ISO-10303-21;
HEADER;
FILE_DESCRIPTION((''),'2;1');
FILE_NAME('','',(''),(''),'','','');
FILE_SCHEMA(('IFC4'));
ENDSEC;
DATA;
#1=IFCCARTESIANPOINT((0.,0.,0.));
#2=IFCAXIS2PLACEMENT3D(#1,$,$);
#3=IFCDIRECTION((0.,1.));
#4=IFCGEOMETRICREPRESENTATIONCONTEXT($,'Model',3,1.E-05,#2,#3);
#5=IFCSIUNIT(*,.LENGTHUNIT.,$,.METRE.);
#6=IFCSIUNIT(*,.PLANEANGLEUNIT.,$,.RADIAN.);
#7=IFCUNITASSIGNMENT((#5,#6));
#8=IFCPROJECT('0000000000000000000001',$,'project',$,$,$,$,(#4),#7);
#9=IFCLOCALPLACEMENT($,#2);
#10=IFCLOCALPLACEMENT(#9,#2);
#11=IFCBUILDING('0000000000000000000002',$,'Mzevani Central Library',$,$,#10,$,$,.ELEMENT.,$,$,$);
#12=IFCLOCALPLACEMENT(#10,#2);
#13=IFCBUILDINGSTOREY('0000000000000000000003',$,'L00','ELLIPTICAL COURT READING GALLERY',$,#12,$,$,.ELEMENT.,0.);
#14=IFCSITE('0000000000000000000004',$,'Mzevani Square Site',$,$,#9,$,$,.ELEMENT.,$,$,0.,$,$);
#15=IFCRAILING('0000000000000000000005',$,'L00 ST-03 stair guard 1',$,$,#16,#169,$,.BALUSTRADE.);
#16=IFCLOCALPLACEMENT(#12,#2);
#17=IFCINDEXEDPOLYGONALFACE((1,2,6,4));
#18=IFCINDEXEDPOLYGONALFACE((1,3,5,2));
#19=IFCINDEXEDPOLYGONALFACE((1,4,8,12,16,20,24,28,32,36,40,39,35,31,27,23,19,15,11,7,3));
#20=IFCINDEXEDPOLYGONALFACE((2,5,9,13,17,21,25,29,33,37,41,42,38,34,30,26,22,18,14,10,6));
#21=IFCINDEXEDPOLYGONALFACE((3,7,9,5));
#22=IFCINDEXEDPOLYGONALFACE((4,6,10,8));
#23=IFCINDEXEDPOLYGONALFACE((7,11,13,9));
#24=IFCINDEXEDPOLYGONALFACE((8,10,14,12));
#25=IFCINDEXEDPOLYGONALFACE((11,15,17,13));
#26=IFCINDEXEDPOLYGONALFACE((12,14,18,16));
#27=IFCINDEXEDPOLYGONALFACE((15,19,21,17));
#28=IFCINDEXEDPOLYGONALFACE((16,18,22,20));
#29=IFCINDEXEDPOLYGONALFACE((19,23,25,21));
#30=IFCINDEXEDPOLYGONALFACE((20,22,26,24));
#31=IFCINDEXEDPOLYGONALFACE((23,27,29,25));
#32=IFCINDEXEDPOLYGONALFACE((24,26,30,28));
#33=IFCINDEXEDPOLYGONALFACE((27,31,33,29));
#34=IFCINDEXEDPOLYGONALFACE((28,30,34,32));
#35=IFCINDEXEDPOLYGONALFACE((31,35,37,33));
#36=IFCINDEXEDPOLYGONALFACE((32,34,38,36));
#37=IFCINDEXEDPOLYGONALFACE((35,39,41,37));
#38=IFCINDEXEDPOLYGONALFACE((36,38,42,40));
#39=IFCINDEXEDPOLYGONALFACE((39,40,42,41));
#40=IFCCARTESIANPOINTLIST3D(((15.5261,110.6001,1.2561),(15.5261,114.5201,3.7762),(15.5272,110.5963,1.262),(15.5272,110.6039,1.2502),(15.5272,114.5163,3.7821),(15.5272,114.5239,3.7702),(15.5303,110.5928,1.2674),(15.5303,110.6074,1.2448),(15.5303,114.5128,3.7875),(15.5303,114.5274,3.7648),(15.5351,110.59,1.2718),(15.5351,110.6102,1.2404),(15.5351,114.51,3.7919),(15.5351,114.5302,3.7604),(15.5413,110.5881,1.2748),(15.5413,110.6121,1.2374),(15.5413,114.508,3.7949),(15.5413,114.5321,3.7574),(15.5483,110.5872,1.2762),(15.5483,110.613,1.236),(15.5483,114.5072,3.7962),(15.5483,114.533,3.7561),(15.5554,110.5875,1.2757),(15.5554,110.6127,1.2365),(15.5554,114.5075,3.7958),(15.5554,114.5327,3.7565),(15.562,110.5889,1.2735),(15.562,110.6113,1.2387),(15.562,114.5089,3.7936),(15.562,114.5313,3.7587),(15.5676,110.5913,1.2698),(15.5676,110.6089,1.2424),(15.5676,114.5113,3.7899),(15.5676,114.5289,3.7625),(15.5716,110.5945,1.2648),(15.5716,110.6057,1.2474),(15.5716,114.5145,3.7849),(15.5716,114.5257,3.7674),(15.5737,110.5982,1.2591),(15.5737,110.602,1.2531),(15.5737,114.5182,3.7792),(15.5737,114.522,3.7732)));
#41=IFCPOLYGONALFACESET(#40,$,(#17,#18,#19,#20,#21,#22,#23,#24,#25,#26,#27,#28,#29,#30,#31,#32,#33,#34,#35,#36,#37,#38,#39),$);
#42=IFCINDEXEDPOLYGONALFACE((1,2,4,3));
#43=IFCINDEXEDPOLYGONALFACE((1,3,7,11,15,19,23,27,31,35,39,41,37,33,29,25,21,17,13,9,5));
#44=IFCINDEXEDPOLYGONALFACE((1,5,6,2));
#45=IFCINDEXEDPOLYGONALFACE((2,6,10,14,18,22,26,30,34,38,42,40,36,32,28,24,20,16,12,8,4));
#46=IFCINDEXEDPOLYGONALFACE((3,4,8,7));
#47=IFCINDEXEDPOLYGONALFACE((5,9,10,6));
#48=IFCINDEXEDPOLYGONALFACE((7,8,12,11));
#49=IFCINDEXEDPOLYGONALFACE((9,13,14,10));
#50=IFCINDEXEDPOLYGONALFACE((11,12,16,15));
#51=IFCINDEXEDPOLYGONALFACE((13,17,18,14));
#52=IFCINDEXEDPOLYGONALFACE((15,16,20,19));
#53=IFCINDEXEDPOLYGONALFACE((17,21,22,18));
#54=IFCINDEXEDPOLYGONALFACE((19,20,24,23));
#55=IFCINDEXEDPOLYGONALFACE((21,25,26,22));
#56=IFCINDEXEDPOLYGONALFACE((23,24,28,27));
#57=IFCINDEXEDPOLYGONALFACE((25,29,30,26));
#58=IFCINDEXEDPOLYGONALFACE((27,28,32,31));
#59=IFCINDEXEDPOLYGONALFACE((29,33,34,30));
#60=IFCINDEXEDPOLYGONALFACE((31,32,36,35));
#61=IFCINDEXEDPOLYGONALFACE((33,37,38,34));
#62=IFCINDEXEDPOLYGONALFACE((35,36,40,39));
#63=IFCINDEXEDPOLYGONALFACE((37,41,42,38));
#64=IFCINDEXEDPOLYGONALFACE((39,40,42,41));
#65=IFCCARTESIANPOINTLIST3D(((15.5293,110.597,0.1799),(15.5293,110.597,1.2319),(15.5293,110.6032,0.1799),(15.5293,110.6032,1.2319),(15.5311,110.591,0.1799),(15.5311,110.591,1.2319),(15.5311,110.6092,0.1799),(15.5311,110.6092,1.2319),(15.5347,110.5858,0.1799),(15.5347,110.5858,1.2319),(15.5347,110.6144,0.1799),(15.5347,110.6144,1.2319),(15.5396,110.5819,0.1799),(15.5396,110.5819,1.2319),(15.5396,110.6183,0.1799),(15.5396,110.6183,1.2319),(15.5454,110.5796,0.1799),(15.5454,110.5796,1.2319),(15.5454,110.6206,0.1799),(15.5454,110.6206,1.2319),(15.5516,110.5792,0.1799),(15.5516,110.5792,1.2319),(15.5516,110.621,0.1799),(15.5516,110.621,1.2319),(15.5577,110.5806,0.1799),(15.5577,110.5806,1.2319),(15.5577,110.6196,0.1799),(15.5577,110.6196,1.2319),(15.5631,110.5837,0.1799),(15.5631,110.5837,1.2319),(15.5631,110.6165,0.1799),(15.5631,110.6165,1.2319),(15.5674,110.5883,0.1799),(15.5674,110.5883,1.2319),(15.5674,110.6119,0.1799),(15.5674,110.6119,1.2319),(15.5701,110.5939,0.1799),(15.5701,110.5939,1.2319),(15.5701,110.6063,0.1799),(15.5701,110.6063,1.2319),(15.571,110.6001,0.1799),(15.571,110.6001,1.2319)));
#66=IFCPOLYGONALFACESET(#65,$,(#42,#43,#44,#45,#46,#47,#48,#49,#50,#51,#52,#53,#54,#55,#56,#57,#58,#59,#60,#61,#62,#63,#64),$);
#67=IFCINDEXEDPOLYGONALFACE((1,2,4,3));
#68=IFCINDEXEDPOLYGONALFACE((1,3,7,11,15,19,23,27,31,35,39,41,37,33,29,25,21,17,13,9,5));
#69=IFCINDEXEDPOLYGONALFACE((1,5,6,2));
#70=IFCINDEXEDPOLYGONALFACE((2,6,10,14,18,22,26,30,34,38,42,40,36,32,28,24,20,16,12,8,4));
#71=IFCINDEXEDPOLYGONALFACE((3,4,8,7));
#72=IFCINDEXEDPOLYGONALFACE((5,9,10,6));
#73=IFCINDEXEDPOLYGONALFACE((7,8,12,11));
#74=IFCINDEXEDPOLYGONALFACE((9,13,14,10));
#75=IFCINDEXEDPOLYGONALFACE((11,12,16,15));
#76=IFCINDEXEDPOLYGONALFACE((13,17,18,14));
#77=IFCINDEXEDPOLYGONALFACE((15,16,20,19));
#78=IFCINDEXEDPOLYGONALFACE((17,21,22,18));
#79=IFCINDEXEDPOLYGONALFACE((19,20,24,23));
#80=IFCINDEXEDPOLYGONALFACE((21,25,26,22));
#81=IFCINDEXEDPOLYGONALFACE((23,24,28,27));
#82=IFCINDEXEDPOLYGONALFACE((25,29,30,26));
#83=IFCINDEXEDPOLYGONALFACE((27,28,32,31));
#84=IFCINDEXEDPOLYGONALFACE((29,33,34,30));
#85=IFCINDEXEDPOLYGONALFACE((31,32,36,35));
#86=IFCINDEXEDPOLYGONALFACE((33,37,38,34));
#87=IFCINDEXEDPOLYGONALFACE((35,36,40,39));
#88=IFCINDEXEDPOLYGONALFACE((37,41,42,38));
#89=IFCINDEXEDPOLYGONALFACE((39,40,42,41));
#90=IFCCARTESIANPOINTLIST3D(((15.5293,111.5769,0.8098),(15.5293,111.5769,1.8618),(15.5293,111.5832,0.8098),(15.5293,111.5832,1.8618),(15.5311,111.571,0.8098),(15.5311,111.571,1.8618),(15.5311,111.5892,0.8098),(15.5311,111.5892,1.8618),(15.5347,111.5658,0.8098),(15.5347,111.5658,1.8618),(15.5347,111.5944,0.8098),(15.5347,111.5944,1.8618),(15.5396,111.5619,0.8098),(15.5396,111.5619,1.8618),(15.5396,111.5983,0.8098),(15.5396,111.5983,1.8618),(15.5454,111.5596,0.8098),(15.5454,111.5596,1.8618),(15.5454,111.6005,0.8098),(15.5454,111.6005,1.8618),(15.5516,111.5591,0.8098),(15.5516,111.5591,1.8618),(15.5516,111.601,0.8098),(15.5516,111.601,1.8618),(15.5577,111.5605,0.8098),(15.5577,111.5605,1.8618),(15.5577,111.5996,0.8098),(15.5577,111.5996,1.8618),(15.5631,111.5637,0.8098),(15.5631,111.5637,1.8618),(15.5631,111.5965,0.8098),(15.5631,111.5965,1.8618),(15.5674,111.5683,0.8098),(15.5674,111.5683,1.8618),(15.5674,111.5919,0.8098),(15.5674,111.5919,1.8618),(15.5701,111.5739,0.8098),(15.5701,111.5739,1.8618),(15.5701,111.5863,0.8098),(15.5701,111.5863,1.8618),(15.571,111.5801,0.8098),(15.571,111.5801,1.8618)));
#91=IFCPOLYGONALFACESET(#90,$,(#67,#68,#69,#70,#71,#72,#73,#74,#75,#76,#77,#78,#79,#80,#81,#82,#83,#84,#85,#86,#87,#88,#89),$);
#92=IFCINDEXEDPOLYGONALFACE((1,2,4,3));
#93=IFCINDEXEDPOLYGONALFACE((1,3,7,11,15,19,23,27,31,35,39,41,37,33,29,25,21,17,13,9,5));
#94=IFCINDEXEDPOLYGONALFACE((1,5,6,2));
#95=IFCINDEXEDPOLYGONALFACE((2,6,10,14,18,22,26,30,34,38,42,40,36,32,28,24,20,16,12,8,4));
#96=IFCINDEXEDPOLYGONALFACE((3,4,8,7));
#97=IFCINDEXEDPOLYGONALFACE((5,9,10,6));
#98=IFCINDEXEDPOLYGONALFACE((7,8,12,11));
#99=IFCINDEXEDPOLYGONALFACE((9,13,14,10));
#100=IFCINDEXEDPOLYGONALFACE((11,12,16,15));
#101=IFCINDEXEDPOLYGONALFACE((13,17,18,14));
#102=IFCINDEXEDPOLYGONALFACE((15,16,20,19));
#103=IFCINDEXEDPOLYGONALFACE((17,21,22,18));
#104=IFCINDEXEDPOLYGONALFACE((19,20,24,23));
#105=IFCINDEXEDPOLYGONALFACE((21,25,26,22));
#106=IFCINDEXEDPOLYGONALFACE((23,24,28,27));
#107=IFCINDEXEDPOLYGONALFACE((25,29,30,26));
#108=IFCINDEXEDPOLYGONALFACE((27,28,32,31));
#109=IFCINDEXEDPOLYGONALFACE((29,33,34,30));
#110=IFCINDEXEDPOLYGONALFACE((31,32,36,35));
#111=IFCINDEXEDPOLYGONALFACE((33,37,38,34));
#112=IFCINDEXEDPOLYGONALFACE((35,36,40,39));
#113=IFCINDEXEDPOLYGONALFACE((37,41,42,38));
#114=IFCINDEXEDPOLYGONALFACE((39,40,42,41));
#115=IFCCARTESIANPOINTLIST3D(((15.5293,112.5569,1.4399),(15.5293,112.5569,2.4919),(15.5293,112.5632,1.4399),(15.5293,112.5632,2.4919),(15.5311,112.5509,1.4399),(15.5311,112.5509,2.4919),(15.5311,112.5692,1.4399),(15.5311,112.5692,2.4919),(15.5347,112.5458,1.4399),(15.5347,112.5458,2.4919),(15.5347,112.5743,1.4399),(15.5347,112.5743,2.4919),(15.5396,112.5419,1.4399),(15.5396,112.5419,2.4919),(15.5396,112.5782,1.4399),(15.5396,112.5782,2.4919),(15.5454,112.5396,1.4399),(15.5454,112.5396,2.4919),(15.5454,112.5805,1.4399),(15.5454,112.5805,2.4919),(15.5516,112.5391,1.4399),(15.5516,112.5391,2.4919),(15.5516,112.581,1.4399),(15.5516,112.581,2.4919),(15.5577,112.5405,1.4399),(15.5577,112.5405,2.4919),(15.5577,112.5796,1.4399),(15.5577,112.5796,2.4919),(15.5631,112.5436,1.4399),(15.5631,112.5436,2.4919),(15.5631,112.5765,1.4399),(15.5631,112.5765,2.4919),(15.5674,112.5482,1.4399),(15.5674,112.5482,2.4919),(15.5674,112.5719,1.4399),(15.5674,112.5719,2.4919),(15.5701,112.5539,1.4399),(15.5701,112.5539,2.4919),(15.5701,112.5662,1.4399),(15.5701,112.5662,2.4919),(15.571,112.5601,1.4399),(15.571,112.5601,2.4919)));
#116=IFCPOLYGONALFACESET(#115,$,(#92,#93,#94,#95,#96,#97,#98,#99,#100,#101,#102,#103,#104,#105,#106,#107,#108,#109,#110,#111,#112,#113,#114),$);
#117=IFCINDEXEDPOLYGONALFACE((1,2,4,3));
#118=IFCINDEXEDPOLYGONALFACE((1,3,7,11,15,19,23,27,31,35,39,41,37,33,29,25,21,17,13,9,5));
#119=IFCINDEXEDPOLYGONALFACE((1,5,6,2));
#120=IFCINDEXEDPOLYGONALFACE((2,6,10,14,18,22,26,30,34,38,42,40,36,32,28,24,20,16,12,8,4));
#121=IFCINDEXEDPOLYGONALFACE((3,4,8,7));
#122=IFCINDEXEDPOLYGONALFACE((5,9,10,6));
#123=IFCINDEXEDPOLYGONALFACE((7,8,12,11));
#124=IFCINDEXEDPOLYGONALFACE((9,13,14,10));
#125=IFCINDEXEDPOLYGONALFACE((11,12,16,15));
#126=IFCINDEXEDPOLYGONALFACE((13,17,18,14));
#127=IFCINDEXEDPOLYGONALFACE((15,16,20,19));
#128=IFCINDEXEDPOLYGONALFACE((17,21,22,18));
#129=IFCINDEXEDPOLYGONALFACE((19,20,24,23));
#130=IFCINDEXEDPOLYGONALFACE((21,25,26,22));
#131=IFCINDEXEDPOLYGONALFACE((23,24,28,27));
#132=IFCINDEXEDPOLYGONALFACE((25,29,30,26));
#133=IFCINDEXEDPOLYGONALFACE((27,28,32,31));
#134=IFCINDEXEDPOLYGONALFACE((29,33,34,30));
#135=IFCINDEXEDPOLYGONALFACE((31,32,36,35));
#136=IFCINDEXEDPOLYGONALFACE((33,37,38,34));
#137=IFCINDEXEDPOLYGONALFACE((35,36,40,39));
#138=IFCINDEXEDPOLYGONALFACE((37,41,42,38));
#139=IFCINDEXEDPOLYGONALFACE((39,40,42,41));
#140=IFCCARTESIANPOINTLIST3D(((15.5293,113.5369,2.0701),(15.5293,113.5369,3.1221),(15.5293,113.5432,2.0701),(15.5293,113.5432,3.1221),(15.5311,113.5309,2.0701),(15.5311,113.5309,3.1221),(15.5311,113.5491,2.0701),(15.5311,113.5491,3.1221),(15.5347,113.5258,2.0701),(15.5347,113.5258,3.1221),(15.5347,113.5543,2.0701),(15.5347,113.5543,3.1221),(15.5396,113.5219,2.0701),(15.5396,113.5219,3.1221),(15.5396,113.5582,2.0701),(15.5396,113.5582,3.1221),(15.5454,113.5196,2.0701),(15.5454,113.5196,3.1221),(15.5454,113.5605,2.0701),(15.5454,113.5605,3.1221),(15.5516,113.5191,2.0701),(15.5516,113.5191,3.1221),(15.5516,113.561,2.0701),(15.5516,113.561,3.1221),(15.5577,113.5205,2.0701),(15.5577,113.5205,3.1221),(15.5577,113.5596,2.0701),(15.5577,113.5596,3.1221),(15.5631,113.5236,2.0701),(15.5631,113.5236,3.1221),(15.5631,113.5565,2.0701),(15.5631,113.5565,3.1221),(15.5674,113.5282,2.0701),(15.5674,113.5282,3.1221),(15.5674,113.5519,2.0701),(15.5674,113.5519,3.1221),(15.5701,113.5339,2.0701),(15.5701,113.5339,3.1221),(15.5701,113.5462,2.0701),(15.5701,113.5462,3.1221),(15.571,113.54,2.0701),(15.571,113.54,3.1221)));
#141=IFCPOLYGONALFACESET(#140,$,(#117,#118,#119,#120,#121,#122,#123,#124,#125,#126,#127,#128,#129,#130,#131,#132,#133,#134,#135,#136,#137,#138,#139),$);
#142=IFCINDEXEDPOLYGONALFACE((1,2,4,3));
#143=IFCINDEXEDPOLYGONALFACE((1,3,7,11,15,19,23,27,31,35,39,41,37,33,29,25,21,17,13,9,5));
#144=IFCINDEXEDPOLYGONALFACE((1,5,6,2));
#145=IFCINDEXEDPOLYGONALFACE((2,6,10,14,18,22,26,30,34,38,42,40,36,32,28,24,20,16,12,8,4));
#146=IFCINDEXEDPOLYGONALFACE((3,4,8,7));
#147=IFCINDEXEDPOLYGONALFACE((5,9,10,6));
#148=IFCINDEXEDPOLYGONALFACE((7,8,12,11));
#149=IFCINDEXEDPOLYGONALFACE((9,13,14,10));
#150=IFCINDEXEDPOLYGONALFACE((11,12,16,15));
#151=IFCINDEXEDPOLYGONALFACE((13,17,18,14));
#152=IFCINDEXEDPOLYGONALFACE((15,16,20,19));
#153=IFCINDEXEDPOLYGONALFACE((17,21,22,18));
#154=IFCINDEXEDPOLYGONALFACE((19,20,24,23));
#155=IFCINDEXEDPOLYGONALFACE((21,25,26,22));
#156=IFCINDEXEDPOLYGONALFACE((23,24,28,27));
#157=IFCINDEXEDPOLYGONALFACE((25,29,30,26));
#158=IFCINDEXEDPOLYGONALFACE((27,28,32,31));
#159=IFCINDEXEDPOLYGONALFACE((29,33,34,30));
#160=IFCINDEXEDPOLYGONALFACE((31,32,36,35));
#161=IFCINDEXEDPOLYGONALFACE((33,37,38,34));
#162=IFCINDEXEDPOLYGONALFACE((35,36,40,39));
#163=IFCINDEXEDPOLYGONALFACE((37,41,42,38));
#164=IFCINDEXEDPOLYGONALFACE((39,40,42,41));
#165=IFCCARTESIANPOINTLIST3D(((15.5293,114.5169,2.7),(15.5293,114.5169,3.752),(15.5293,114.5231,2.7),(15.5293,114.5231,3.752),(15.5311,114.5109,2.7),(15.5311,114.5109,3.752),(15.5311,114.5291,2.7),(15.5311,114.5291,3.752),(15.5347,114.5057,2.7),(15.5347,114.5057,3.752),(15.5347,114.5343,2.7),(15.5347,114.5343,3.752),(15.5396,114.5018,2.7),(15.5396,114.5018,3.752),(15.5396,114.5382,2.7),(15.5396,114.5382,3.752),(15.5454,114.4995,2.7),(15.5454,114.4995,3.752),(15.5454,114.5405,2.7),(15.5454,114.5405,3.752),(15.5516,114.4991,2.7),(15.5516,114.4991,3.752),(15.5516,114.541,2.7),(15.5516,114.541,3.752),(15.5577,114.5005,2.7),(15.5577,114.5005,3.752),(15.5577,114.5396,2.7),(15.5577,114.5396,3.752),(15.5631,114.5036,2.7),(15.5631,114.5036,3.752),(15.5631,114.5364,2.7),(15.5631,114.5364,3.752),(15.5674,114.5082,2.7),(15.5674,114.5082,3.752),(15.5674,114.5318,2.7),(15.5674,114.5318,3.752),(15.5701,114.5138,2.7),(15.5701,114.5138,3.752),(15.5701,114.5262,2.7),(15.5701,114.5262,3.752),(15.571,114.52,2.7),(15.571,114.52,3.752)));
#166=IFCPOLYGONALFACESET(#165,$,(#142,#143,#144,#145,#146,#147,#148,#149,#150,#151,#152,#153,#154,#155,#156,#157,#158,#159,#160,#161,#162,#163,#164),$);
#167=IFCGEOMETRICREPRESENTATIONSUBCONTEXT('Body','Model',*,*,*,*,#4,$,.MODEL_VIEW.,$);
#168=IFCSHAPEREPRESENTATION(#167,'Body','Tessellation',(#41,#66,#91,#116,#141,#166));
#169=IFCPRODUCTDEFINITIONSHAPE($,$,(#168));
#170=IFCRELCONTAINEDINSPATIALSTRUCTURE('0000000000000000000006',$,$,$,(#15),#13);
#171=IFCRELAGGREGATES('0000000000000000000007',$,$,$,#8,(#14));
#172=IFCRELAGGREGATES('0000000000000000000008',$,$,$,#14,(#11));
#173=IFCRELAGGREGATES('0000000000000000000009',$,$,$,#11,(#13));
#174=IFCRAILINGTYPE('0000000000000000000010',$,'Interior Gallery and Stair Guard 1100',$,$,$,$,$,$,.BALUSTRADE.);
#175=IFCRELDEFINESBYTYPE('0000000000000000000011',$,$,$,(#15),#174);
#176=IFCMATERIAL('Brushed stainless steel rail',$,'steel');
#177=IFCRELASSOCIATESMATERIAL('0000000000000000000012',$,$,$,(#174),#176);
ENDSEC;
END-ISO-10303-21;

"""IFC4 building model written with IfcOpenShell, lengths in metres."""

from ifc_helpers import new_model, si_unit, direction, frame, origin, origin_2d, place, context, subcontext, project, spatial, circle, extrude, material, type_object, element, save


model = new_model("IFC4")

# Units and contexts
model_context = context("Model", 3, precision=1e-05, world=origin(), true_north=direction((0.0, 1.0)))
body_context = subcontext(model_context, "Body", "Model", "MODEL_VIEW")
ifc_project = project(units=[si_unit("LENGTHUNIT", "METRE"), si_unit("PLANEANGLEUNIT", "RADIAN")], contexts=[model_context])

# Site, building, storey
site_placement = place(None, origin())
site = spatial("IfcSite", under=ifc_project, at=site_placement, Name="Mzevani Square Site", CompositionType="ELEMENT", RefElevation=0.0)
building_placement = place(site_placement, origin())
building = spatial("IfcBuilding", under=site, at=building_placement, Name="Mzevani Central Library", CompositionType="ELEMENT")
storey_placement = place(building_placement, origin())
storey = spatial("IfcBuildingStorey", under=building, at=storey_placement, Name="L00", Description="ELLIPTICAL COURT READING GALLERY", CompositionType="ELEMENT", Elevation=0.0)

# Railing
ifc_material_1 = material(Name="Brushed stainless steel rail", Category="steel")
railing_type_1 = type_object("IfcRailingType", Name="Interior Gallery and Stair Guard 1100", PredefinedType="BALUSTRADE", material=ifc_material_1)
railing_1_placement = place(storey_placement, frame((15.55, 110.6001, 0.1799)))
element("IfcRailing", 1, at=railing_1_placement, inside=storey, type_object=railing_type_1, Name="L00 ST-03 stair guard 1", PredefinedType="BALUSTRADE", context=body_context, shape_type="SweptSolid", body=[
    extrude(circle(Radius=0.0239, at=origin_2d()), frame((0.0, 0.0, 1.0762), z_axis=(0.0, 0.841172, 0.540768), x_axis=(-1.0, 0.0, 0.0)), (0.0, 0.0, 1.0), 4.6602),
    extrude(circle(Radius=0.021, at=origin_2d()), origin(), (0.0, 0.0, 1.0), 1.052),
    extrude(circle(Radius=0.021, at=origin_2d()), frame((0.0, 0.98, 0.6299)), (0.0, 0.0, 1.0), 1.052),
    extrude(circle(Radius=0.021, at=origin_2d()), frame((0.0, 1.96, 1.26)), (0.0, 0.0, 1.0), 1.052),
    extrude(circle(Radius=0.021, at=origin_2d()), frame((0.0, 2.9399, 1.8901)), (0.0, 0.0, 1.0), 1.052),
    extrude(circle(Radius=0.021, at=origin_2d()), frame((0.0, 3.9199, 2.52)), (0.0, 0.0, 1.0), 1.052),
])

save(model, "model.ifc")
